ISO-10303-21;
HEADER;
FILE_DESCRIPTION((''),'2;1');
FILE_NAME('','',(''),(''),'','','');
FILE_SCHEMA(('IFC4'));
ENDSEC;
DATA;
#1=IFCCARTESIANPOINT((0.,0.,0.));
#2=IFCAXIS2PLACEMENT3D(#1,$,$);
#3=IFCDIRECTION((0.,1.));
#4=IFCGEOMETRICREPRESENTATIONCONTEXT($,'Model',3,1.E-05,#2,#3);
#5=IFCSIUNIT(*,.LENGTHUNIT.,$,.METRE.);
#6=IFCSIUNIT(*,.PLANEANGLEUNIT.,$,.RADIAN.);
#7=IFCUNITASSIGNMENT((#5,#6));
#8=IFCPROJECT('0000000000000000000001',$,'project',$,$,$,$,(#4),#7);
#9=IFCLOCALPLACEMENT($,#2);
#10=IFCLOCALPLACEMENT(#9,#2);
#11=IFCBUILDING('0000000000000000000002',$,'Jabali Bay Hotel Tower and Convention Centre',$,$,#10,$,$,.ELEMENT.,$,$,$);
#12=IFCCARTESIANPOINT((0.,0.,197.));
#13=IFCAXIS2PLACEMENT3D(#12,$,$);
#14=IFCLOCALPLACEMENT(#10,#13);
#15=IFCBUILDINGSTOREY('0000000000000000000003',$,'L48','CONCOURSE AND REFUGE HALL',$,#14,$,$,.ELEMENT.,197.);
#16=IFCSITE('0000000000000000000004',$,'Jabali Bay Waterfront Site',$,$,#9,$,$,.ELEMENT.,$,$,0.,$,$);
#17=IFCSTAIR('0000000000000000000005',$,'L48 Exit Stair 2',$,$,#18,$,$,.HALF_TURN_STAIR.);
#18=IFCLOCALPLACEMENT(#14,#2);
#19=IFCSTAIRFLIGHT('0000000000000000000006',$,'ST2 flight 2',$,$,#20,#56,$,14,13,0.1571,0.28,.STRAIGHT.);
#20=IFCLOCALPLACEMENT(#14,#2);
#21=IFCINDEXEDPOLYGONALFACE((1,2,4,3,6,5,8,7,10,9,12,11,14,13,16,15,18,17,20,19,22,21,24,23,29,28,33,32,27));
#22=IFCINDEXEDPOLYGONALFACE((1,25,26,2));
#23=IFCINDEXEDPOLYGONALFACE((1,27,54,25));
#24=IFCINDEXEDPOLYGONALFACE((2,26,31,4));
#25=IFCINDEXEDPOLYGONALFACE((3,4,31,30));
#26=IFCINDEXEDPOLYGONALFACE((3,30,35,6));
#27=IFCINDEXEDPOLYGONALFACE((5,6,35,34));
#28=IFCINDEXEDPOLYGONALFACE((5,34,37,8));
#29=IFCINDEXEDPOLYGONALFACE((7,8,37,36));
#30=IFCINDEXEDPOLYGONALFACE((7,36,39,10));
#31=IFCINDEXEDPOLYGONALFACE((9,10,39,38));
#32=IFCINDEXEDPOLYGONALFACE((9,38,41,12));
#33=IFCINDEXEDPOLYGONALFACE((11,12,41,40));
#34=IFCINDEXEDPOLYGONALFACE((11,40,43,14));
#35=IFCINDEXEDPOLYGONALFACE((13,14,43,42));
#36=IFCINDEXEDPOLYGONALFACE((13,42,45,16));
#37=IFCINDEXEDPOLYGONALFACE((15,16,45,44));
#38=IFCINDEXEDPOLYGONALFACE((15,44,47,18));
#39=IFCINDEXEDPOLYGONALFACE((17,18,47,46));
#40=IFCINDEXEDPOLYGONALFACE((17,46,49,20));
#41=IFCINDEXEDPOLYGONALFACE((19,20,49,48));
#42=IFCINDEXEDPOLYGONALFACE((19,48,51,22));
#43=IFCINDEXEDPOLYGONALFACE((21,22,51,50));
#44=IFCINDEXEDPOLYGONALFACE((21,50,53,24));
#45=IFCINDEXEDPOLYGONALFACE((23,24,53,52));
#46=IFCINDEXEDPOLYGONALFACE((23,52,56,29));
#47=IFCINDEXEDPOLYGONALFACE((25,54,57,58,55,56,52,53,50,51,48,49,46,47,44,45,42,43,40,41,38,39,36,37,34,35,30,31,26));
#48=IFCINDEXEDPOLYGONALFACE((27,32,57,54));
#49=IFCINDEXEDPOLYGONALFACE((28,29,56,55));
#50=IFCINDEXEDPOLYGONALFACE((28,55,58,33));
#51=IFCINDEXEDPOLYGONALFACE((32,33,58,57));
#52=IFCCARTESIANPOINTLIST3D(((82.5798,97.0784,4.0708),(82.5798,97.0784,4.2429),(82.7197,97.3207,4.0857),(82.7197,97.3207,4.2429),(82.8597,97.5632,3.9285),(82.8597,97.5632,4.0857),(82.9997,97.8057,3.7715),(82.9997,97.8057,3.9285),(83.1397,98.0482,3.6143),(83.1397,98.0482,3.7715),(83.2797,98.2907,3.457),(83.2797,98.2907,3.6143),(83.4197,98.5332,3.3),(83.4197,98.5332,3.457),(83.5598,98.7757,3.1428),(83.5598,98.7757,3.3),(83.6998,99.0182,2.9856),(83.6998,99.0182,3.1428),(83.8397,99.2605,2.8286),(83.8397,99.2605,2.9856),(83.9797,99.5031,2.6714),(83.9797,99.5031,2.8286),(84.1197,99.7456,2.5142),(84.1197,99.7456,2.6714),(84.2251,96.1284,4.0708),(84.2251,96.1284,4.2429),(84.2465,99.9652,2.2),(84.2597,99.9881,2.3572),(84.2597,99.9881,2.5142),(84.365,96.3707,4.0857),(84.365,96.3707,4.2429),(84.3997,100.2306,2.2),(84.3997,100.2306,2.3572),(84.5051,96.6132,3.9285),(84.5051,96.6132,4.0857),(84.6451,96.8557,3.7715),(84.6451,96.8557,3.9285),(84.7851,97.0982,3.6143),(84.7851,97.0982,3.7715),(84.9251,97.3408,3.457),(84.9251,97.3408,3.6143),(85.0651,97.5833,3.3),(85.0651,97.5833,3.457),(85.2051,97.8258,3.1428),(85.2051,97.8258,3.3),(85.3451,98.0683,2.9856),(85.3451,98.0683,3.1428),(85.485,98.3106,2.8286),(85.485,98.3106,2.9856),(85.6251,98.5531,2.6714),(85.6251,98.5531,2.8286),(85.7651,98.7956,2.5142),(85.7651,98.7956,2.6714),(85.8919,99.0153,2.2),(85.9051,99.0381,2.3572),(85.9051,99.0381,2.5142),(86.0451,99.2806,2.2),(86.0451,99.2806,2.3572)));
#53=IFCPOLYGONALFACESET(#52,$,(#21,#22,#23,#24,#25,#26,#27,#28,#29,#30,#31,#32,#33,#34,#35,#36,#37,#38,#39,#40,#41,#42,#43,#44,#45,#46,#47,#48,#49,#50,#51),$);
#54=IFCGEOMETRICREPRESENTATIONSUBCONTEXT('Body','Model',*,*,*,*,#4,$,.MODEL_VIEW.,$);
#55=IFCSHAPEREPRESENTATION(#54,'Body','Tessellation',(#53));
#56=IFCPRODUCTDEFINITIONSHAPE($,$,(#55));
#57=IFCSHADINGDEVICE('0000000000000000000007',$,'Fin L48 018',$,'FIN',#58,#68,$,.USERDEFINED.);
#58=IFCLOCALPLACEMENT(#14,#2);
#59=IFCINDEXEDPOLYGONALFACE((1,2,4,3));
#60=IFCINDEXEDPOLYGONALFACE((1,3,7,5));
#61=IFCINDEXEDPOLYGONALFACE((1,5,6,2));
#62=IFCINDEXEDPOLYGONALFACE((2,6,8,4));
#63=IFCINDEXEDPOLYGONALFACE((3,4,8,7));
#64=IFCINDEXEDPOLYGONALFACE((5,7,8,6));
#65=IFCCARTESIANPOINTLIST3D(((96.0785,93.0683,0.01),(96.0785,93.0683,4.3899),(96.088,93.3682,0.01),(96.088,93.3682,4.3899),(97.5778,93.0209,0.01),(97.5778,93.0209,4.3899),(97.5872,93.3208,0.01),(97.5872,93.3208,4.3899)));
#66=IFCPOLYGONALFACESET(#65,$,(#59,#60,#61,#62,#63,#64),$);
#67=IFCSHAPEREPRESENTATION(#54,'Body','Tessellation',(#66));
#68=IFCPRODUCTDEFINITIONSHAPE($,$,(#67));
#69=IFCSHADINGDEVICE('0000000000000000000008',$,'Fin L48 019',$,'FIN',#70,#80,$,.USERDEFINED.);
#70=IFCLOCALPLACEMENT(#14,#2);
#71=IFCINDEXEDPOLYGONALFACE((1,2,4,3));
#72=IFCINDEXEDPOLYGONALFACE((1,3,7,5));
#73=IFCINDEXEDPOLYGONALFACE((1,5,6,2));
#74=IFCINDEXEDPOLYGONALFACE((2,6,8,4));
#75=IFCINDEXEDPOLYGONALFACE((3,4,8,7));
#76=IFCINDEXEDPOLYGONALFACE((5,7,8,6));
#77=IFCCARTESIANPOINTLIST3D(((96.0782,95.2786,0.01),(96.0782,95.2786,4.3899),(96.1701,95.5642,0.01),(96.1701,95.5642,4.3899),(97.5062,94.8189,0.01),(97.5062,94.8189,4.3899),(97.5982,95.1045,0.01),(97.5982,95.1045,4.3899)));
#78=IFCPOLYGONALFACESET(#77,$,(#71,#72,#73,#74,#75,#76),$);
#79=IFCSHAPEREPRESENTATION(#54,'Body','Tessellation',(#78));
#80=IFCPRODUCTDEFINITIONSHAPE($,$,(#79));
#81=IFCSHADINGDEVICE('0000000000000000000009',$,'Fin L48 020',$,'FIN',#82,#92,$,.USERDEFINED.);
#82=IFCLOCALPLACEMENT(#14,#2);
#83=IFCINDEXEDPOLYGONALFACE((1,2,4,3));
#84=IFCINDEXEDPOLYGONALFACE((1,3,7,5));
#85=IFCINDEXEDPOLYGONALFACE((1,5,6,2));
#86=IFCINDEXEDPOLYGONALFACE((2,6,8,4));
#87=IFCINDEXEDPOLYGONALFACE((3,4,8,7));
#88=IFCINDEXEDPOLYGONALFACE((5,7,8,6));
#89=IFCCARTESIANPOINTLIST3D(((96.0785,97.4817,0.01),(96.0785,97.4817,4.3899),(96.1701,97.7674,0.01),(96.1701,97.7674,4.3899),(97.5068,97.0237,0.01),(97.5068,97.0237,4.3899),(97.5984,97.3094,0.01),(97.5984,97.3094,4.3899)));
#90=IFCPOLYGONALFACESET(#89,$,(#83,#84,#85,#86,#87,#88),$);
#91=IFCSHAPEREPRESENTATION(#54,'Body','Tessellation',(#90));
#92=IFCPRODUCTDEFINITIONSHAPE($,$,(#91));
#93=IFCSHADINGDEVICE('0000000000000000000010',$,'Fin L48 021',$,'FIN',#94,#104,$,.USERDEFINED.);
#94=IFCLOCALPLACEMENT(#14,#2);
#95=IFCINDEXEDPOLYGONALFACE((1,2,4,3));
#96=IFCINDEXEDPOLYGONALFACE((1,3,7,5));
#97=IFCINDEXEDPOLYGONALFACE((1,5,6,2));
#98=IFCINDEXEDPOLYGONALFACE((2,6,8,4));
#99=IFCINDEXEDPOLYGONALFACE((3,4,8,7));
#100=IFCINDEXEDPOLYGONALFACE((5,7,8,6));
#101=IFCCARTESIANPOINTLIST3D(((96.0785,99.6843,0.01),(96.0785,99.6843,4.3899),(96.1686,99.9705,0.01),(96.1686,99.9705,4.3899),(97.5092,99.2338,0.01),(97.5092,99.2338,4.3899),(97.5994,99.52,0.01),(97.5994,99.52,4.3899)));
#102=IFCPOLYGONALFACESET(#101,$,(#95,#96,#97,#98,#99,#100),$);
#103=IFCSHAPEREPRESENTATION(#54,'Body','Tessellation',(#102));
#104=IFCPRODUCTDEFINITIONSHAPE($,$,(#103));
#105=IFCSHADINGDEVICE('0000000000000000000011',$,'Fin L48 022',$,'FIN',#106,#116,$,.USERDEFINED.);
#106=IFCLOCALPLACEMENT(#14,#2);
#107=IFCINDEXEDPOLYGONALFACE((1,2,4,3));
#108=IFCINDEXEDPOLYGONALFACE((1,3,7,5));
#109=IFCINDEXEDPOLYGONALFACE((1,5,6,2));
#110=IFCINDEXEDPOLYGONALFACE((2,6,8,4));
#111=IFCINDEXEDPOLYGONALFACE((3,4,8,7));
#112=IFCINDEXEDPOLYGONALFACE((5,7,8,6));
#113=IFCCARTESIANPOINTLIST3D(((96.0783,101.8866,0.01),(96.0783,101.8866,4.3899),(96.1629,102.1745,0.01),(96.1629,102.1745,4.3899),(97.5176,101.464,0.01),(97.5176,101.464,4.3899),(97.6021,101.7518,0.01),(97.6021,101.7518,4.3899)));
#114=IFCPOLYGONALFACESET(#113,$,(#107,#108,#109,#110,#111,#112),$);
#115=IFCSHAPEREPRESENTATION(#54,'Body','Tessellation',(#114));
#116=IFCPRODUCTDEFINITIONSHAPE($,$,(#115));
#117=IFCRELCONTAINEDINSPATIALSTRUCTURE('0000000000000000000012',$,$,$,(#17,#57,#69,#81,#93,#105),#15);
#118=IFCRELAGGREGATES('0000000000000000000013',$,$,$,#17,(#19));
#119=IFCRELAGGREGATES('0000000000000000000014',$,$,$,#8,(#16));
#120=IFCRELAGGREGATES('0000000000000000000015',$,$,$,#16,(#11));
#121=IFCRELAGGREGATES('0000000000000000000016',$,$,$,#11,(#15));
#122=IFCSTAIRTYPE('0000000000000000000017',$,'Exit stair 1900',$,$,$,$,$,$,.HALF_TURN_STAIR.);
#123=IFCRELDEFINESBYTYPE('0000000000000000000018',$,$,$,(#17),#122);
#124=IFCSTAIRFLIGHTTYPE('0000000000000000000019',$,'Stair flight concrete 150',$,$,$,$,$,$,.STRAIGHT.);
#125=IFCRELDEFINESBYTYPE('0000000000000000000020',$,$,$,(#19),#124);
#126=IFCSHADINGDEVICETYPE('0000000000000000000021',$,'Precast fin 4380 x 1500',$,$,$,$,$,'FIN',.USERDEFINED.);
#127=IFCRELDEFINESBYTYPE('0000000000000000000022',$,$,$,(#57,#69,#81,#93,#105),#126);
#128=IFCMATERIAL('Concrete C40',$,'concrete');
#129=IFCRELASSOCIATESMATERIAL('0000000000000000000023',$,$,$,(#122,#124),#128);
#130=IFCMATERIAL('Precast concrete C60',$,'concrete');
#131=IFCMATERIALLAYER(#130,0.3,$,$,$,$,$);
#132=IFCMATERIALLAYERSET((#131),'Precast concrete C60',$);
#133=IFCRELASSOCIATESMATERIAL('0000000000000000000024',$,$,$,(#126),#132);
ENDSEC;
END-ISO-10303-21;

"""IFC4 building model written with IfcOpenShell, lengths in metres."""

from ifc_helpers import new_model, si_unit, direction, frame, frame_2d, origin, place, context, subcontext, project, spatial, polyline, rectangle, outline, extrude, material, layer, layer_set, type_object, element, aggregate, save


model = new_model("IFC4")

# Units and contexts
model_context = context("Model", 3, precision=1e-05, world=origin(), true_north=direction((0.0, 1.0)))
body_context = subcontext(model_context, "Body", "Model", "MODEL_VIEW")
ifc_project = project(units=[si_unit("LENGTHUNIT", "METRE"), si_unit("PLANEANGLEUNIT", "RADIAN")], contexts=[model_context])

# Site, building, storey
site_placement = place(None, origin())
site = spatial("IfcSite", under=ifc_project, at=site_placement, Name="Jabali Bay Waterfront Site", CompositionType="ELEMENT", RefElevation=0.0)
building_placement = place(site_placement, origin())
building = spatial("IfcBuilding", under=site, at=building_placement, Name="Jabali Bay Hotel Tower and Convention Centre", CompositionType="ELEMENT")
storey_placement = place(building_placement, frame((0.0, 0.0, 197.0)))
storey = spatial("IfcBuildingStorey", under=building, at=storey_placement, Name="L48", Description="CONCOURSE AND REFUGE HALL", CompositionType="ELEMENT", Elevation=197.0)

# Shared definitions
ifc_material_1 = material(Name="Concrete C40", Category="concrete")

# Stair, stair flight
stair_type = type_object("IfcStairType", Name="Exit stair 1900", PredefinedType="HALF_TURN_STAIR", material=ifc_material_1)
stair_placement = place(storey_placement, origin())
stair = element("IfcStair", 1, at=stair_placement, inside=storey, type_object=stair_type, Name="L48 Exit Stair 2", PredefinedType="HALF_TURN_STAIR")
stair_flight_type = type_object("IfcStairFlightType", Name="Stair flight concrete 150", PredefinedType="STRAIGHT", material=ifc_material_1)
stair_flight_1_placement = place(storey_placement, frame((85.2224, 99.7556, 2.2), z_axis=(0.0, 0.0, 1.0), x_axis=(-0.5, -0.866025, 0.0)))
stair_flight_1 = element("IfcStairFlight", 2, at=stair_flight_1_placement, type_object=stair_flight_type, Name="ST2 flight 2", NumberOfRisers=14, NumberOfTreads=13, PredefinedType="STRAIGHT", RiserHeight=0.1571, TreadLength=0.28, context=body_context, shape_type="SweptSolid", body=[
    extrude(outline(polyline([(0.0, 0.0), (0.0, 0.1572), (0.28, 0.1572), (0.28, 0.3142), (0.5601, 0.3142), (0.5601, 0.4714), (0.8401, 0.4714), (0.8401, 0.6287), (1.1201, 0.6287), (1.1201, 0.7856), (1.3999, 0.7856), (1.3999, 0.9429), (1.6799, 0.9429), (1.6799, 1.1001), (1.96, 1.1001), (1.96, 1.2571), (2.24, 1.2571), (2.24, 1.4143), (2.52, 1.4143), (2.52, 1.5715), (2.8, 1.5715), (2.8, 1.7285), (3.0801, 1.7285), (3.0801, 1.8857), (3.3601, 1.8857), (3.3601, 2.043), (3.6399, 2.043), (3.6399, 2.2), (3.6399, 1.8708), (0.3064, 0.0), (0.0, 0.0)])), frame((0.0, 0.95, 0.0), z_axis=(0.0, -1.0, 0.0), x_axis=(1.0, 0.0, 0.0)), (0.0, 0.0, 1.0), 1.8999),
])
aggregate(stair, [stair_flight_1])

# Shading devices
ifc_material_2 = material(Name="Precast concrete C60", Category="concrete")
ifc_layer_1 = layer(ifc_material_2, 0.3)
ifc_layer_set_1 = layer_set([ifc_layer_1], Name="Precast concrete C60")
shading_device_type = type_object("IfcShadingDeviceType", Name="Precast fin 4380 x 1500", ElementType="FIN", PredefinedType="USERDEFINED", material=ifc_layer_set_1)
shading_device_1_placement = place(storey_placement, frame((96.0833, 93.2183, 0.01), z_axis=(0.0, 0.0, 1.0), x_axis=(0.999501, -0.031575, 0.0)))
element("IfcShadingDevice", 3, at=shading_device_1_placement, inside=storey, type_object=shading_device_type, Name="Fin L48 018", ObjectType="FIN", PredefinedType="USERDEFINED", context=body_context, shape_type="SweptSolid", body=[
    extrude(rectangle(XDim=1.5, YDim=0.3, at=frame_2d((0.75, 0.0))), origin(), (0.0, 0.0, 1.0), 4.3799),
])
shading_device_2_placement = place(storey_placement, frame((96.1243, 95.4214, 0.01), z_axis=(0.0, 0.0, 1.0), x_axis=(0.951888, -0.306446, 0.0)))
element("IfcShadingDevice", 4, at=shading_device_2_placement, inside=storey, type_object=shading_device_type, Name="Fin L48 019", ObjectType="FIN", PredefinedType="USERDEFINED", context=body_context, shape_type="SweptSolid", body=[
    extrude(rectangle(XDim=1.5002, YDim=0.3, at=frame_2d((0.75, 0.0))), origin(), (0.0, 0.0, 1.0), 4.3799),
])
for number, where, z_axis, x_axis, name in (
    (5, (96.1243, 97.6245, 0.01), (0.0, 0.0, 1.0), (0.95225, -0.305319, 0.0), "Fin L48 020"),
    (6, (96.1235, 99.8274, 0.01), (0.0, 0.0, 1.0), (0.953841, -0.300313, 0.0), "Fin L48 021"),
    (7, (96.1206, 102.0305, 0.01), (0.0, 0.0, 1.0), (0.95949, -0.281743, 0.0), "Fin L48 022"),
):
    element("IfcShadingDevice", number, at=place(storey_placement, frame(where, z_axis=z_axis, x_axis=x_axis)), inside=storey, type_object=shading_device_type, Name=name, ObjectType="FIN", PredefinedType="USERDEFINED", context=body_context, shape_type="SweptSolid", body=[
        extrude(rectangle(XDim=1.5, YDim=0.3, at=frame_2d((0.75, 0.0))), origin(), (0.0, 0.0, 1.0), 4.3799),
    ])

save(model, "model.ifc")
